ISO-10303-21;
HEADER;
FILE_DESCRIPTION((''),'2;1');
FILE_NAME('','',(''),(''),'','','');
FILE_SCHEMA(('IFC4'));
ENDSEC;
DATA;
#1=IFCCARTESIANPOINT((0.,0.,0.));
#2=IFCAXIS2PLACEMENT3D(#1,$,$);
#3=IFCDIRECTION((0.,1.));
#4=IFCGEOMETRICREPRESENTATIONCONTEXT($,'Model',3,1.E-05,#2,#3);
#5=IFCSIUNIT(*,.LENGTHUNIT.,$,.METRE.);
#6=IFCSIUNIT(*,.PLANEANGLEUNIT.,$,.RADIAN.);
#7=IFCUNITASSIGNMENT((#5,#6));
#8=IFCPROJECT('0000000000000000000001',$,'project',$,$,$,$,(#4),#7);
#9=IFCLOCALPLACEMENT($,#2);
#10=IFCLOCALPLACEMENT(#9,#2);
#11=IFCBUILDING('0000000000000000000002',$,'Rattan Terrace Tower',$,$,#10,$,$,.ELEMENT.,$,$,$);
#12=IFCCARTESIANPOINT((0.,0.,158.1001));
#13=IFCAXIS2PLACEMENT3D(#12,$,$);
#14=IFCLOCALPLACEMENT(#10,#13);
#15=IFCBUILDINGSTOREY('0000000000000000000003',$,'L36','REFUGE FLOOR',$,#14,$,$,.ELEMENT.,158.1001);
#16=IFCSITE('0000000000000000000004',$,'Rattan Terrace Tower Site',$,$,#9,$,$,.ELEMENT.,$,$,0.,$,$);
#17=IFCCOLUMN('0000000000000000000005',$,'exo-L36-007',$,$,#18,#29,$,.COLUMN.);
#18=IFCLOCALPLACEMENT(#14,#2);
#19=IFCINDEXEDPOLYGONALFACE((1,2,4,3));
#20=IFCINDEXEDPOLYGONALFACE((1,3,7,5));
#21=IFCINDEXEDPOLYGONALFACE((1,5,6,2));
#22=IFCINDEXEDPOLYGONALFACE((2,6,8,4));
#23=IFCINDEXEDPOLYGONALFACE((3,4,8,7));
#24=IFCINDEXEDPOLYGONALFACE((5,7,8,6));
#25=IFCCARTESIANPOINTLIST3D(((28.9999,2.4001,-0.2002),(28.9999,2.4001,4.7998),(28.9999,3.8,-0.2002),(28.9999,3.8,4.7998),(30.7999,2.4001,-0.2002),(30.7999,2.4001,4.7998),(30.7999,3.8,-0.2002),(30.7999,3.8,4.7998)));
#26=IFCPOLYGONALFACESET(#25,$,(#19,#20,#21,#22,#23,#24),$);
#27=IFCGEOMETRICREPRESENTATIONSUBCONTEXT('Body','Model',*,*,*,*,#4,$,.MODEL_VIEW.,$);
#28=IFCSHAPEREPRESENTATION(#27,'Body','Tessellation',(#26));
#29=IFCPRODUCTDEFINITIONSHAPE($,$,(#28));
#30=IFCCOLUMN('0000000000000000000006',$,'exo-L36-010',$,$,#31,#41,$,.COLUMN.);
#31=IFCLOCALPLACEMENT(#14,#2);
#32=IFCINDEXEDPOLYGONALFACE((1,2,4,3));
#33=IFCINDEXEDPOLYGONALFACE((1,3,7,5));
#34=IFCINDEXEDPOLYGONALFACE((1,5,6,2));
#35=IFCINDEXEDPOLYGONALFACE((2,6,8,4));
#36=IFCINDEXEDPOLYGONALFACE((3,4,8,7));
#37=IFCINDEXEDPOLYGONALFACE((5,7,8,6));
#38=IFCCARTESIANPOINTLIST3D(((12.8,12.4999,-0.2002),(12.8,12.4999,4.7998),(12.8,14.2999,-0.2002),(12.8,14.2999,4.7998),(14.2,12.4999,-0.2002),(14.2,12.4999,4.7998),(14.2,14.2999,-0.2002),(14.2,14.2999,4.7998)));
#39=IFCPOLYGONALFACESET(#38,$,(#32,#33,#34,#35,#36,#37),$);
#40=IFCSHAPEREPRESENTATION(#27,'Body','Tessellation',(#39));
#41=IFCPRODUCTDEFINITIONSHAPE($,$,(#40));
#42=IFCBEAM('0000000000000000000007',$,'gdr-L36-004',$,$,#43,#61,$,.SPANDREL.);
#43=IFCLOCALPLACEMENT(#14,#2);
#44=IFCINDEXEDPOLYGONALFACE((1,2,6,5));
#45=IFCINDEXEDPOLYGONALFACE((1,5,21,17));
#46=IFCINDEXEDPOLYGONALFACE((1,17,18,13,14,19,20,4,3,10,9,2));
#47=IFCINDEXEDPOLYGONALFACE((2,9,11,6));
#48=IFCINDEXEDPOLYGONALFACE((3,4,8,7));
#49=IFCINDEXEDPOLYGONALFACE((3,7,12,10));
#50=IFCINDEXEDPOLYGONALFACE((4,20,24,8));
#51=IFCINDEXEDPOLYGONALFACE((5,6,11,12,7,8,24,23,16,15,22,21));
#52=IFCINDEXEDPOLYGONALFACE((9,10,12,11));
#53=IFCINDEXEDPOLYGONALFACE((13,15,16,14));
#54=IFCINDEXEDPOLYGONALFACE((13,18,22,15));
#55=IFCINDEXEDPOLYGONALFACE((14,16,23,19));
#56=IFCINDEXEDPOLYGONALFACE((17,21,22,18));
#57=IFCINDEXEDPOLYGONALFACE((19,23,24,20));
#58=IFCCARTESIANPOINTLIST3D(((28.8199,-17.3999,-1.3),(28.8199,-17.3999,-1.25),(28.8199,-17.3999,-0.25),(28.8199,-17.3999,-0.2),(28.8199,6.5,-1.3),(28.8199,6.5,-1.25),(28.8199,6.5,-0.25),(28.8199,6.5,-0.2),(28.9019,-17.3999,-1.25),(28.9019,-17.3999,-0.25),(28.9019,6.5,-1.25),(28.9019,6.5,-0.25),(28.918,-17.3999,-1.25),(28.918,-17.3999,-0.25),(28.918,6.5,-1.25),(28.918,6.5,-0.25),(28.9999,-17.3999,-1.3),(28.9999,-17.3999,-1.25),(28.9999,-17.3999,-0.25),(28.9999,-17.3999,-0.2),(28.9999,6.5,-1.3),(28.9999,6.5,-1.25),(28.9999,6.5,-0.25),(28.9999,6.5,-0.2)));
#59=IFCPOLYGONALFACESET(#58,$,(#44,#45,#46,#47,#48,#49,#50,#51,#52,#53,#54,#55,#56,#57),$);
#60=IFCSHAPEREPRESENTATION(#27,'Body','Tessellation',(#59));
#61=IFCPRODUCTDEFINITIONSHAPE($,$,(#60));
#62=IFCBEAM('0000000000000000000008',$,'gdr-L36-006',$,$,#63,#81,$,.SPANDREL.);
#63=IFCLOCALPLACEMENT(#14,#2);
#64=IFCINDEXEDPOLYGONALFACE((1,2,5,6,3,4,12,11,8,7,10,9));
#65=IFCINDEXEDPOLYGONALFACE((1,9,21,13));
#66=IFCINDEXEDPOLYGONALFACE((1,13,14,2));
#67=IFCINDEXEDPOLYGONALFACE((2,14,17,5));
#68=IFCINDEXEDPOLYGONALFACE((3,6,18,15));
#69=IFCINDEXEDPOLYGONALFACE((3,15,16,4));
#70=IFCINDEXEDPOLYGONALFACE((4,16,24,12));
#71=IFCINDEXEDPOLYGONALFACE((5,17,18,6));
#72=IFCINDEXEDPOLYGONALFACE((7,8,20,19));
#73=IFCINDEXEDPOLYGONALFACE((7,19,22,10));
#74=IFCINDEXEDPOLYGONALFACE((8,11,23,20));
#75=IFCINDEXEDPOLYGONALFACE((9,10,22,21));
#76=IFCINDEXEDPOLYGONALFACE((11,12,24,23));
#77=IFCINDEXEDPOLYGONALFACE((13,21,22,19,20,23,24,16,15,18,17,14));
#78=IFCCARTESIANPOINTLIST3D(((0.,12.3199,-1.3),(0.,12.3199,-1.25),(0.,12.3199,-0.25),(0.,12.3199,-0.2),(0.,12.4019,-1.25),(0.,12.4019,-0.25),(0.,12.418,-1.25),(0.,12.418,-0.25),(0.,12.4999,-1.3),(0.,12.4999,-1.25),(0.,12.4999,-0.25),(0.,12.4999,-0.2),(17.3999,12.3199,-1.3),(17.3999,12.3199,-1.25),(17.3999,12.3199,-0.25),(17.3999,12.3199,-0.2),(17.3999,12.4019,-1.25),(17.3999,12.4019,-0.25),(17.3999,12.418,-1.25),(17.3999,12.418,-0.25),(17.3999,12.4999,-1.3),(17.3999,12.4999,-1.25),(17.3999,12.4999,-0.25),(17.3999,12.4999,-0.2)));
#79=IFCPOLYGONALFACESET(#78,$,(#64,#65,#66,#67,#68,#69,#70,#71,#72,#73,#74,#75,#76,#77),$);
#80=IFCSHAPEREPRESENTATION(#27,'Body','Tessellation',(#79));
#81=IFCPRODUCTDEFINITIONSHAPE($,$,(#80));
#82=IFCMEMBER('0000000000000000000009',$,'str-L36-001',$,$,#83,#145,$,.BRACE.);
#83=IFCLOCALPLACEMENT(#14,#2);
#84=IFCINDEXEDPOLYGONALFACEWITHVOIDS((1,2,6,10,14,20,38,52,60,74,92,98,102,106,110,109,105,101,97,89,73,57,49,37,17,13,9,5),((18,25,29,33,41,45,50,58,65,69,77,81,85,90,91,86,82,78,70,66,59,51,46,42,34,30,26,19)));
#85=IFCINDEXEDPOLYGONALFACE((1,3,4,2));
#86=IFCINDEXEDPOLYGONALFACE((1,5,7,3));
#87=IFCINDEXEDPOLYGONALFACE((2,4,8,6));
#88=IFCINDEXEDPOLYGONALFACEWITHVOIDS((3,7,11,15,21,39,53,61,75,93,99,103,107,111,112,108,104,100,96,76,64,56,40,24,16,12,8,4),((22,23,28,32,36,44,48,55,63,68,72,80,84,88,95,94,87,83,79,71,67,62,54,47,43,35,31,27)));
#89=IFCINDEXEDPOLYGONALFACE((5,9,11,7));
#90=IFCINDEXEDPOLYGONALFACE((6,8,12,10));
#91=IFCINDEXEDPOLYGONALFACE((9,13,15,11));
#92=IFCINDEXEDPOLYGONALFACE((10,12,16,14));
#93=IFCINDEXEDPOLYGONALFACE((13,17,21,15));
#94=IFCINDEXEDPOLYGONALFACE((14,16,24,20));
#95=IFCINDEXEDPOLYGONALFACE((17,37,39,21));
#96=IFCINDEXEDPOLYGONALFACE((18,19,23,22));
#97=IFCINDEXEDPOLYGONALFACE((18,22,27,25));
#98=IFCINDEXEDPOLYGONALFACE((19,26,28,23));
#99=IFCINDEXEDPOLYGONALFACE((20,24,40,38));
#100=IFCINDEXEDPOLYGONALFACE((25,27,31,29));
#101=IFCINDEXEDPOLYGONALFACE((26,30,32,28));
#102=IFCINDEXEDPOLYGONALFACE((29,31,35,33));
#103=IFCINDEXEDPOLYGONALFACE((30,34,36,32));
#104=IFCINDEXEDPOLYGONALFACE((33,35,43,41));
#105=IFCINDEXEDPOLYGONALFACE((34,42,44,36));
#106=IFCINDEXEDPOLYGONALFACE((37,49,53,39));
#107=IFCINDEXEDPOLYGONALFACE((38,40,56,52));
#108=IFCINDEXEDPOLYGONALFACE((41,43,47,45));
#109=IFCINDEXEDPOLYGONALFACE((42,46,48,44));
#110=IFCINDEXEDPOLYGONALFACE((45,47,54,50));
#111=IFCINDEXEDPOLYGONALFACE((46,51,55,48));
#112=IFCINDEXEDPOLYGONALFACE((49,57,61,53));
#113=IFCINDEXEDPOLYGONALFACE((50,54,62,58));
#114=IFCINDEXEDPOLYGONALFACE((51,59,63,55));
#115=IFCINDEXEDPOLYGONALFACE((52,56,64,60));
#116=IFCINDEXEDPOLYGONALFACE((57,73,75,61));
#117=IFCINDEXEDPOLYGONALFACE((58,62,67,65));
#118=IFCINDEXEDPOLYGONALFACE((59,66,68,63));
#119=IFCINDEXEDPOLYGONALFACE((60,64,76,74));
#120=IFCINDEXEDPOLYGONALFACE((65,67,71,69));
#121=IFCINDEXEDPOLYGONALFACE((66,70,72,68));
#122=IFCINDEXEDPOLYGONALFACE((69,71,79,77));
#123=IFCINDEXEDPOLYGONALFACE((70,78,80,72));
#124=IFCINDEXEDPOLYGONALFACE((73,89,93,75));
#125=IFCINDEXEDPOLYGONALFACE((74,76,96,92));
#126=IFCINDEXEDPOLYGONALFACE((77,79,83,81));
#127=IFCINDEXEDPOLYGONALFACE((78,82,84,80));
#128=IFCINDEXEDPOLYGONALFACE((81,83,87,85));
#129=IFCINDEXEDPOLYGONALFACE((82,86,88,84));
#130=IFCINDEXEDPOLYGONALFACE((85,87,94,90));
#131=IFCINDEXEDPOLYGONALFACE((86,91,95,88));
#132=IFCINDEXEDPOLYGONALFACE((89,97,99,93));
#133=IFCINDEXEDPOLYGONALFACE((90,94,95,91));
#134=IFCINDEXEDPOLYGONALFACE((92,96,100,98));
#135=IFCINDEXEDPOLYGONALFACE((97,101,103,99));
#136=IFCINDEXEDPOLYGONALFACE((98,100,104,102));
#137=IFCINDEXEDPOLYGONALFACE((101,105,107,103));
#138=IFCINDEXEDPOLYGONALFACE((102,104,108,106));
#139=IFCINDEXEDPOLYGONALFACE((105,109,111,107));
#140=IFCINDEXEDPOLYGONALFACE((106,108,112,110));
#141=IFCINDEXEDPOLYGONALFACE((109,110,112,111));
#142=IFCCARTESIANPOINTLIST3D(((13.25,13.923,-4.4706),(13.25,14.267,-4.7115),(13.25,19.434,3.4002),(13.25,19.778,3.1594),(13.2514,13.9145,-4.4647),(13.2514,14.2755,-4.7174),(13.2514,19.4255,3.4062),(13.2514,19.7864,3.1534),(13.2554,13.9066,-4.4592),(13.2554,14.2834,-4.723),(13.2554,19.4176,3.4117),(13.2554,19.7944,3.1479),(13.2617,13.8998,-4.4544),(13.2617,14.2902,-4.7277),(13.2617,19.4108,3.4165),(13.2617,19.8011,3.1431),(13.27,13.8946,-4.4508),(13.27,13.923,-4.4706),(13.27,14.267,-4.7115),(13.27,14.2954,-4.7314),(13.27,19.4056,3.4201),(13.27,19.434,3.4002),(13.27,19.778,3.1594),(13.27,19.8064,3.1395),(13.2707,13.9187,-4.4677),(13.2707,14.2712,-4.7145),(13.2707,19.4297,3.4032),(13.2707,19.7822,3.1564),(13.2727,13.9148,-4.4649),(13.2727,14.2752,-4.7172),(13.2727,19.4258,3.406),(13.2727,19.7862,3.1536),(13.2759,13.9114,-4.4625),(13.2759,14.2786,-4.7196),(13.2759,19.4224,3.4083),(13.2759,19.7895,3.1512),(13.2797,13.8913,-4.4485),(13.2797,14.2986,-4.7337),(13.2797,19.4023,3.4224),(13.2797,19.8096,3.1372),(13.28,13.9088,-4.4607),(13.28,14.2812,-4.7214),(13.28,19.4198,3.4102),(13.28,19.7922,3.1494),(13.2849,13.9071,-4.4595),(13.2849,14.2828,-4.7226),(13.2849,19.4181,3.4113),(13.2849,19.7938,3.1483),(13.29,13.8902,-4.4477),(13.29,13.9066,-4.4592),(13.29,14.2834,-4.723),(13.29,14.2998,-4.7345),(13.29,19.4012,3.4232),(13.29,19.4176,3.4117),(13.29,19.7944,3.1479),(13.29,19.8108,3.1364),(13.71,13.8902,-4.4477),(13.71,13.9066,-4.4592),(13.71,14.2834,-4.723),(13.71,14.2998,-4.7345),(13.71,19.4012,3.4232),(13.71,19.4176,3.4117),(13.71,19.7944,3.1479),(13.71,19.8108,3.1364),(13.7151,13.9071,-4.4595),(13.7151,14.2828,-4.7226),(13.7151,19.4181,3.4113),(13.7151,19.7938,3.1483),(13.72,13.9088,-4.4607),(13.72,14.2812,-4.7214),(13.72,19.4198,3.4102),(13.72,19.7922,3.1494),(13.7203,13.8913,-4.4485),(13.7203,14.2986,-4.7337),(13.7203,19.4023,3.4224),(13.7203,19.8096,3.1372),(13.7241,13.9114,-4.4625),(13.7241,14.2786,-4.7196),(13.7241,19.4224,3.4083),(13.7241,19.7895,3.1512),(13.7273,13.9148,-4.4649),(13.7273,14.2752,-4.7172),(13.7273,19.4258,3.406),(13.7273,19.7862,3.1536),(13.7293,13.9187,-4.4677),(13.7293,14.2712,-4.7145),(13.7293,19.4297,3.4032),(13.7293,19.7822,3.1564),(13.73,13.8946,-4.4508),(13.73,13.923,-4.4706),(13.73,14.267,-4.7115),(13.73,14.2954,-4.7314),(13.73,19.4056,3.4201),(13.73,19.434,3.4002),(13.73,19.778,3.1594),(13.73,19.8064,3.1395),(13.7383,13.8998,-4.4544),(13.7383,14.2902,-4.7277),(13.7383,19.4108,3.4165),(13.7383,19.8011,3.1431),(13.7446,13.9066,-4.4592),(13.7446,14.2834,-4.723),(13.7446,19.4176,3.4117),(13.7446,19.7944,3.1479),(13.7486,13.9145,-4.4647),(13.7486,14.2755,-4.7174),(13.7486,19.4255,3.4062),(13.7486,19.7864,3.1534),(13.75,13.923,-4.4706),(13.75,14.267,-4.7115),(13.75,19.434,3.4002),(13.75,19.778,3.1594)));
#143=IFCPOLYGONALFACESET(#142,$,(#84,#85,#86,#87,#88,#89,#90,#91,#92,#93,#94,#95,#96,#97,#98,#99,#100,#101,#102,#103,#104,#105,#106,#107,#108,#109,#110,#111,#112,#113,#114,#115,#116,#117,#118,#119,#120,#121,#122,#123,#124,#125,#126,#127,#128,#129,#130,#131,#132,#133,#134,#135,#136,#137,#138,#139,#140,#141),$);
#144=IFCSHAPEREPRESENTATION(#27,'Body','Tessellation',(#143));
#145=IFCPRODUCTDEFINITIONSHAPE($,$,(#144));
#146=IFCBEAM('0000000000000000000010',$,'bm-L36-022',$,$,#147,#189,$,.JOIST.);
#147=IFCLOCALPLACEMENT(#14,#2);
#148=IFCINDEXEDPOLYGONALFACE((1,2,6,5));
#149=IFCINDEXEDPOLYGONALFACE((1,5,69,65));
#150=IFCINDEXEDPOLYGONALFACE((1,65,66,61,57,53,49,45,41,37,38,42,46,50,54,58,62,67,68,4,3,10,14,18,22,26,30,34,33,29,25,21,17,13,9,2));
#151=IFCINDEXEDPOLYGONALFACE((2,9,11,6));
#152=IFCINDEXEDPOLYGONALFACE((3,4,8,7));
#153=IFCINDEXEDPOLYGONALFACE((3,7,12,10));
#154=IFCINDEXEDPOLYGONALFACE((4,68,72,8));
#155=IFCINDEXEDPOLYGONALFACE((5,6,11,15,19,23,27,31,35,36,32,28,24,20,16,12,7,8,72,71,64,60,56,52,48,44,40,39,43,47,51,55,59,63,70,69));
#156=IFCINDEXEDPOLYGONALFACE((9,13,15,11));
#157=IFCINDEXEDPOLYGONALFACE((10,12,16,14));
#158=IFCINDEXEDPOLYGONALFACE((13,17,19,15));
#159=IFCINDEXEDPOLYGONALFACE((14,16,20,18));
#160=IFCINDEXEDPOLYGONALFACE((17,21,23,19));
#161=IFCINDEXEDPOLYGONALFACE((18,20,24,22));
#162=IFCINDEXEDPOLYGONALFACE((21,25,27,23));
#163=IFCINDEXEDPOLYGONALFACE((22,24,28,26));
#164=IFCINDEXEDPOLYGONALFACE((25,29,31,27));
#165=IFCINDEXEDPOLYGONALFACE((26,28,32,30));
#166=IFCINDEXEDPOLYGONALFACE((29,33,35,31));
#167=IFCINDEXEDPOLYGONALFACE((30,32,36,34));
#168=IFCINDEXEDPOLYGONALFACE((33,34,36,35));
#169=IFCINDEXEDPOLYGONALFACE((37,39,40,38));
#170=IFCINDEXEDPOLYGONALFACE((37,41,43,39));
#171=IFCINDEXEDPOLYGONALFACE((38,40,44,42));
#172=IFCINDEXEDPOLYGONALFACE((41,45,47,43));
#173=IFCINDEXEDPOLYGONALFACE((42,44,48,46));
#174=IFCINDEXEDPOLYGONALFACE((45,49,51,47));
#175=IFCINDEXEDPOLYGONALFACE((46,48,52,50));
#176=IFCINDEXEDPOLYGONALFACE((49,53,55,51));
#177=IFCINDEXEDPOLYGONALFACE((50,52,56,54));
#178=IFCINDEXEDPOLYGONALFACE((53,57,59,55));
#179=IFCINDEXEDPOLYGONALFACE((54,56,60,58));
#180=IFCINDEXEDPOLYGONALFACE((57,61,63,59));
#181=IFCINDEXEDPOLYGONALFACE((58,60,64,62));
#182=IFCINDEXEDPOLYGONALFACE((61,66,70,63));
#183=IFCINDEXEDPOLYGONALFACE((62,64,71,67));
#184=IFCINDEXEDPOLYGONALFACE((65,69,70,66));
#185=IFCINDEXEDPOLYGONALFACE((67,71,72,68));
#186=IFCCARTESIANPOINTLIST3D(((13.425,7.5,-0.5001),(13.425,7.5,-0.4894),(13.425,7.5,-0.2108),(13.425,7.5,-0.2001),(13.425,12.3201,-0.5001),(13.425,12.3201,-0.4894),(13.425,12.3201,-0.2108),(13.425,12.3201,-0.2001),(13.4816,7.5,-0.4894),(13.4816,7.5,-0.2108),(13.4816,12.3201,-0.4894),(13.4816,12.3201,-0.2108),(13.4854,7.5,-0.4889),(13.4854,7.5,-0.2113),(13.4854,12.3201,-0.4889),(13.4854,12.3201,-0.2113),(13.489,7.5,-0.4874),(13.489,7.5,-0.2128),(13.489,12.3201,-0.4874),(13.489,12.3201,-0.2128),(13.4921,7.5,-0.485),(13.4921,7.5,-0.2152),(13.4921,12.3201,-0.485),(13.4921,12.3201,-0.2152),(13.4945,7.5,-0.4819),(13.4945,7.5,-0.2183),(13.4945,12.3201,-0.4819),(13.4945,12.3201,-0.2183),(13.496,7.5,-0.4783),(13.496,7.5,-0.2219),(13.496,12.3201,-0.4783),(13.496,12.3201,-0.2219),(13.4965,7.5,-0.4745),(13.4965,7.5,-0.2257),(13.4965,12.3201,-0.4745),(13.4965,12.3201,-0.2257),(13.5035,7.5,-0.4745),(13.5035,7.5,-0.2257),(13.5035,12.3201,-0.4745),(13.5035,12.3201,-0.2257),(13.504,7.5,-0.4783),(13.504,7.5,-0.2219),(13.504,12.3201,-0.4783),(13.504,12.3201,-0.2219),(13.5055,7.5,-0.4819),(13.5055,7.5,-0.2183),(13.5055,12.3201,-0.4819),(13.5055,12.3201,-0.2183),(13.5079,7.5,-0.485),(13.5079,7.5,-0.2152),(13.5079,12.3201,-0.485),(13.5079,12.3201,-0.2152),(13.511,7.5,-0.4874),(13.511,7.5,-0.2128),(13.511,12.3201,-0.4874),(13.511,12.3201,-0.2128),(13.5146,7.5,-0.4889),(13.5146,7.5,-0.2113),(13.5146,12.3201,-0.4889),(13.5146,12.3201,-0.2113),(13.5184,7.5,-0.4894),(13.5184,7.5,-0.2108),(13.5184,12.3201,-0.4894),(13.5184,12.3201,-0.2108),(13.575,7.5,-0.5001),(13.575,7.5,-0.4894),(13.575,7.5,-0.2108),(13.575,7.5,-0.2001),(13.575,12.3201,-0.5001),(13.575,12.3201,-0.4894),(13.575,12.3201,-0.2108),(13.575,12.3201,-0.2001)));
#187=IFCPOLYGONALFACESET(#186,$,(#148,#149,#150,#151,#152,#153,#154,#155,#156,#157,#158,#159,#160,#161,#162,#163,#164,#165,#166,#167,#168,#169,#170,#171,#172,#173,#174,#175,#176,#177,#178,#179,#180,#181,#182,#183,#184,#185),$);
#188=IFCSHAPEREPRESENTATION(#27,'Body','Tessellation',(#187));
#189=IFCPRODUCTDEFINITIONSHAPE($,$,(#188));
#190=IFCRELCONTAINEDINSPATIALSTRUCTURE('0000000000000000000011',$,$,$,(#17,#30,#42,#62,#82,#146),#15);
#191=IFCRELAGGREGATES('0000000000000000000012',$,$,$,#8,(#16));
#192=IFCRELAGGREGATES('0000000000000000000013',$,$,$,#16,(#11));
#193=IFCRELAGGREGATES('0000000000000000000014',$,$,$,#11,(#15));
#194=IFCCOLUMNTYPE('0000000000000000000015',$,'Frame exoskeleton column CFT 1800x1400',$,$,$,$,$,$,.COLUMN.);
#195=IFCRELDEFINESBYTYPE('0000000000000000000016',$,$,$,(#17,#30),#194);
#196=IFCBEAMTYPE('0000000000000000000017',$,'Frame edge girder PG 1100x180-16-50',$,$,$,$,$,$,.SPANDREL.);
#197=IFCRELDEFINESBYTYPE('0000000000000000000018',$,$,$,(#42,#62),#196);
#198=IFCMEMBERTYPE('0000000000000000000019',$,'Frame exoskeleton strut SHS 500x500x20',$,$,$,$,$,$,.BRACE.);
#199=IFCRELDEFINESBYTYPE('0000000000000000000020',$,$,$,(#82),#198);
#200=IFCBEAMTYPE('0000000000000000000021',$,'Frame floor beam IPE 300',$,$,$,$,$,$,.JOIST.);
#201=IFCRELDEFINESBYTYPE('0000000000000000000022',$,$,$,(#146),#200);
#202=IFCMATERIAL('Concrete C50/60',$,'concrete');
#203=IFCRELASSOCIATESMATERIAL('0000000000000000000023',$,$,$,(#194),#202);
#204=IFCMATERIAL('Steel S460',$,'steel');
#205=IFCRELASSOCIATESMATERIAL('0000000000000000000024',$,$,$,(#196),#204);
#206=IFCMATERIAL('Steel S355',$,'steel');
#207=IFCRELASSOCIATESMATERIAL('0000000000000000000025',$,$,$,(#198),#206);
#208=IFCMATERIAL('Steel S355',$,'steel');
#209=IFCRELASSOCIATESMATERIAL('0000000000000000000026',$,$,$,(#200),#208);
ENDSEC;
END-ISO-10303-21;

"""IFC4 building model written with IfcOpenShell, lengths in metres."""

from ifc_helpers import new_model, si_unit, direction, frame, origin, origin_2d, place, context, subcontext, project, spatial, rectangle, hollow_rectangle, i_section, extrude, material, material_profile, profile_set, type_object, element, save


model = new_model("IFC4")

# Units and contexts
model_context = context("Model", 3, precision=1e-05, world=origin(), true_north=direction((0.0, 1.0)))
body_context = subcontext(model_context, "Body", "Model", "MODEL_VIEW")
ifc_project = project(units=[si_unit("LENGTHUNIT", "METRE"), si_unit("PLANEANGLEUNIT", "RADIAN")], contexts=[model_context])

# Site, building, storey
site_placement = place(None, origin())
site = spatial("IfcSite", under=ifc_project, at=site_placement, Name="Rattan Terrace Tower Site", CompositionType="ELEMENT", RefElevation=0.0)
building_placement = place(site_placement, origin())
building = spatial("IfcBuilding", under=site, at=building_placement, Name="Rattan Terrace Tower", CompositionType="ELEMENT")
storey_placement = place(building_placement, frame((0.0, 0.0, 158.1001)))
storey = spatial("IfcBuildingStorey", under=building, at=storey_placement, Name="L36", Description="REFUGE FLOOR", CompositionType="ELEMENT", Elevation=158.1001)

# Columns
ifc_material_1 = material(Name="Concrete C50/60", Category="concrete")
ifc_material_profile_1 = material_profile(ifc_material_1, rectangle(XDim=1.3999, YDim=1.8, at=origin_2d()), Name="CFT 1800x1400")
ifc_profile_set_1 = profile_set([ifc_material_profile_1], Name="Concrete C50/60")
column_type = type_object("IfcColumnType", Name="Frame exoskeleton column CFT 1800x1400", PredefinedType="COLUMN", material=ifc_profile_set_1)
for number, where, z_axis, x_axis, name in (
    (1, (29.8999, 3.1001, -0.2002), (0.0, 0.0, 1.0), (0.0, 1.0, 0.0), "exo-L36-007"),
    (2, (13.5, 13.3999, -0.2002), (0.0, 0.0, 1.0), (1.0, 0.0, 0.0), "exo-L36-010"),
):
    element("IfcColumn", number, at=place(storey_placement, frame(where, z_axis=z_axis, x_axis=x_axis)), inside=storey, type_object=column_type, Name=name, PredefinedType="COLUMN", context=body_context, shape_type="SweptSolid", body=[
        extrude(rectangle(XDim=1.3999, YDim=1.8, at=origin_2d()), origin(), (0.0, 0.0, 1.0), 5.0),
    ])

# Beams
ifc_material_2 = material(Name="Steel S460", Category="steel")
ifc_material_profile_2 = material_profile(ifc_material_2, i_section(OverallWidth=0.1799, OverallDepth=1.1001, WebThickness=0.0161, FlangeThickness=0.05, at=origin_2d()), Name="PG 1100x180-16-50")
ifc_profile_set_2 = profile_set([ifc_material_profile_2], Name="Steel S460")
beam_type_1 = type_object("IfcBeamType", Name="Frame edge girder PG 1100x180-16-50", PredefinedType="SPANDREL", material=ifc_profile_set_2)
beam_1_placement = place(storey_placement, frame((28.9099, 6.5, -0.75), z_axis=(0.0, -1.0, 0.0), x_axis=(1.0, 0.0, 0.0)))
element("IfcBeam", 3, at=beam_1_placement, inside=storey, type_object=beam_type_1, Name="gdr-L36-004", PredefinedType="SPANDREL", context=body_context, shape_type="SweptSolid", body=[
    extrude(i_section(OverallWidth=0.1799, OverallDepth=1.1001, WebThickness=0.0161, FlangeThickness=0.05, at=origin_2d()), origin(), (0.0, 0.0, 1.0), 23.8999),
])
beam_2_placement = place(storey_placement, frame((17.3999, 12.4099, -0.75), z_axis=(-1.0, 0.0, 0.0), x_axis=(0.0, -1.0, 0.0)))
element("IfcBeam", 4, at=beam_2_placement, inside=storey, type_object=beam_type_1, Name="gdr-L36-006", PredefinedType="SPANDREL", context=body_context, shape_type="SweptSolid", body=[
    extrude(i_section(OverallWidth=0.1799, OverallDepth=1.1001, WebThickness=0.0161, FlangeThickness=0.05, at=origin_2d()), origin(), (0.0, 0.0, 1.0), 17.3999),
])

# Member
ifc_material_3 = material(Name="Steel S355", Category="steel")
ifc_material_profile_3 = material_profile(ifc_material_3, hollow_rectangle(XDim=0.5, YDim=0.5, WallThickness=0.02, InnerFilletRadius=0.02, OuterFilletRadius=0.04, at=origin_2d()), Name="SHS 500x500x20")
ifc_profile_set_3 = profile_set([ifc_material_profile_3], Name="Steel S355")
member_type = type_object("IfcMemberType", Name="Frame exoskeleton strut SHS 500x500x20", PredefinedType="BRACE", material=ifc_profile_set_3)
member_placement = place(storey_placement, frame((13.5, 14.095, -4.5911), z_axis=(0.0, 0.57356, 0.819164), x_axis=(-1.0, 0.0, 0.0)))
element("IfcMember", 5, at=member_placement, inside=storey, type_object=member_type, Name="str-L36-001", PredefinedType="BRACE", context=body_context, shape_type="SweptSolid", body=[
    extrude(hollow_rectangle(XDim=0.5, YDim=0.5, WallThickness=0.02, InnerFilletRadius=0.02, OuterFilletRadius=0.04, at=origin_2d()), origin(), (0.0, 0.0, 1.0), 9.6084),
])

# Beam
ifc_material_4 = material(Name="Steel S355", Category="steel")
ifc_material_profile_4 = material_profile(ifc_material_4, i_section(OverallWidth=0.1499, OverallDepth=0.3, WebThickness=0.0071, FlangeThickness=0.0107, FilletRadius=0.0149, at=origin_2d()), Name="IPE 300")
ifc_profile_set_4 = profile_set([ifc_material_profile_4], Name="Steel S355")
beam_type_2 = type_object("IfcBeamType", Name="Frame floor beam IPE 300", PredefinedType="JOIST", material=ifc_profile_set_4)
beam_3_placement = place(storey_placement, frame((13.5, 7.5, -0.3501), z_axis=(0.0, 1.0, 0.0), x_axis=(-1.0, 0.0, 0.0)))
element("IfcBeam", 6, at=beam_3_placement, inside=storey, type_object=beam_type_2, Name="bm-L36-022", PredefinedType="JOIST", context=body_context, shape_type="SweptSolid", body=[
    extrude(i_section(OverallWidth=0.1499, OverallDepth=0.3, WebThickness=0.0071, FlangeThickness=0.0107, FilletRadius=0.0149, at=origin_2d()), origin(), (0.0, 0.0, 1.0), 4.8201),
])

save(model, "model.ifc")
